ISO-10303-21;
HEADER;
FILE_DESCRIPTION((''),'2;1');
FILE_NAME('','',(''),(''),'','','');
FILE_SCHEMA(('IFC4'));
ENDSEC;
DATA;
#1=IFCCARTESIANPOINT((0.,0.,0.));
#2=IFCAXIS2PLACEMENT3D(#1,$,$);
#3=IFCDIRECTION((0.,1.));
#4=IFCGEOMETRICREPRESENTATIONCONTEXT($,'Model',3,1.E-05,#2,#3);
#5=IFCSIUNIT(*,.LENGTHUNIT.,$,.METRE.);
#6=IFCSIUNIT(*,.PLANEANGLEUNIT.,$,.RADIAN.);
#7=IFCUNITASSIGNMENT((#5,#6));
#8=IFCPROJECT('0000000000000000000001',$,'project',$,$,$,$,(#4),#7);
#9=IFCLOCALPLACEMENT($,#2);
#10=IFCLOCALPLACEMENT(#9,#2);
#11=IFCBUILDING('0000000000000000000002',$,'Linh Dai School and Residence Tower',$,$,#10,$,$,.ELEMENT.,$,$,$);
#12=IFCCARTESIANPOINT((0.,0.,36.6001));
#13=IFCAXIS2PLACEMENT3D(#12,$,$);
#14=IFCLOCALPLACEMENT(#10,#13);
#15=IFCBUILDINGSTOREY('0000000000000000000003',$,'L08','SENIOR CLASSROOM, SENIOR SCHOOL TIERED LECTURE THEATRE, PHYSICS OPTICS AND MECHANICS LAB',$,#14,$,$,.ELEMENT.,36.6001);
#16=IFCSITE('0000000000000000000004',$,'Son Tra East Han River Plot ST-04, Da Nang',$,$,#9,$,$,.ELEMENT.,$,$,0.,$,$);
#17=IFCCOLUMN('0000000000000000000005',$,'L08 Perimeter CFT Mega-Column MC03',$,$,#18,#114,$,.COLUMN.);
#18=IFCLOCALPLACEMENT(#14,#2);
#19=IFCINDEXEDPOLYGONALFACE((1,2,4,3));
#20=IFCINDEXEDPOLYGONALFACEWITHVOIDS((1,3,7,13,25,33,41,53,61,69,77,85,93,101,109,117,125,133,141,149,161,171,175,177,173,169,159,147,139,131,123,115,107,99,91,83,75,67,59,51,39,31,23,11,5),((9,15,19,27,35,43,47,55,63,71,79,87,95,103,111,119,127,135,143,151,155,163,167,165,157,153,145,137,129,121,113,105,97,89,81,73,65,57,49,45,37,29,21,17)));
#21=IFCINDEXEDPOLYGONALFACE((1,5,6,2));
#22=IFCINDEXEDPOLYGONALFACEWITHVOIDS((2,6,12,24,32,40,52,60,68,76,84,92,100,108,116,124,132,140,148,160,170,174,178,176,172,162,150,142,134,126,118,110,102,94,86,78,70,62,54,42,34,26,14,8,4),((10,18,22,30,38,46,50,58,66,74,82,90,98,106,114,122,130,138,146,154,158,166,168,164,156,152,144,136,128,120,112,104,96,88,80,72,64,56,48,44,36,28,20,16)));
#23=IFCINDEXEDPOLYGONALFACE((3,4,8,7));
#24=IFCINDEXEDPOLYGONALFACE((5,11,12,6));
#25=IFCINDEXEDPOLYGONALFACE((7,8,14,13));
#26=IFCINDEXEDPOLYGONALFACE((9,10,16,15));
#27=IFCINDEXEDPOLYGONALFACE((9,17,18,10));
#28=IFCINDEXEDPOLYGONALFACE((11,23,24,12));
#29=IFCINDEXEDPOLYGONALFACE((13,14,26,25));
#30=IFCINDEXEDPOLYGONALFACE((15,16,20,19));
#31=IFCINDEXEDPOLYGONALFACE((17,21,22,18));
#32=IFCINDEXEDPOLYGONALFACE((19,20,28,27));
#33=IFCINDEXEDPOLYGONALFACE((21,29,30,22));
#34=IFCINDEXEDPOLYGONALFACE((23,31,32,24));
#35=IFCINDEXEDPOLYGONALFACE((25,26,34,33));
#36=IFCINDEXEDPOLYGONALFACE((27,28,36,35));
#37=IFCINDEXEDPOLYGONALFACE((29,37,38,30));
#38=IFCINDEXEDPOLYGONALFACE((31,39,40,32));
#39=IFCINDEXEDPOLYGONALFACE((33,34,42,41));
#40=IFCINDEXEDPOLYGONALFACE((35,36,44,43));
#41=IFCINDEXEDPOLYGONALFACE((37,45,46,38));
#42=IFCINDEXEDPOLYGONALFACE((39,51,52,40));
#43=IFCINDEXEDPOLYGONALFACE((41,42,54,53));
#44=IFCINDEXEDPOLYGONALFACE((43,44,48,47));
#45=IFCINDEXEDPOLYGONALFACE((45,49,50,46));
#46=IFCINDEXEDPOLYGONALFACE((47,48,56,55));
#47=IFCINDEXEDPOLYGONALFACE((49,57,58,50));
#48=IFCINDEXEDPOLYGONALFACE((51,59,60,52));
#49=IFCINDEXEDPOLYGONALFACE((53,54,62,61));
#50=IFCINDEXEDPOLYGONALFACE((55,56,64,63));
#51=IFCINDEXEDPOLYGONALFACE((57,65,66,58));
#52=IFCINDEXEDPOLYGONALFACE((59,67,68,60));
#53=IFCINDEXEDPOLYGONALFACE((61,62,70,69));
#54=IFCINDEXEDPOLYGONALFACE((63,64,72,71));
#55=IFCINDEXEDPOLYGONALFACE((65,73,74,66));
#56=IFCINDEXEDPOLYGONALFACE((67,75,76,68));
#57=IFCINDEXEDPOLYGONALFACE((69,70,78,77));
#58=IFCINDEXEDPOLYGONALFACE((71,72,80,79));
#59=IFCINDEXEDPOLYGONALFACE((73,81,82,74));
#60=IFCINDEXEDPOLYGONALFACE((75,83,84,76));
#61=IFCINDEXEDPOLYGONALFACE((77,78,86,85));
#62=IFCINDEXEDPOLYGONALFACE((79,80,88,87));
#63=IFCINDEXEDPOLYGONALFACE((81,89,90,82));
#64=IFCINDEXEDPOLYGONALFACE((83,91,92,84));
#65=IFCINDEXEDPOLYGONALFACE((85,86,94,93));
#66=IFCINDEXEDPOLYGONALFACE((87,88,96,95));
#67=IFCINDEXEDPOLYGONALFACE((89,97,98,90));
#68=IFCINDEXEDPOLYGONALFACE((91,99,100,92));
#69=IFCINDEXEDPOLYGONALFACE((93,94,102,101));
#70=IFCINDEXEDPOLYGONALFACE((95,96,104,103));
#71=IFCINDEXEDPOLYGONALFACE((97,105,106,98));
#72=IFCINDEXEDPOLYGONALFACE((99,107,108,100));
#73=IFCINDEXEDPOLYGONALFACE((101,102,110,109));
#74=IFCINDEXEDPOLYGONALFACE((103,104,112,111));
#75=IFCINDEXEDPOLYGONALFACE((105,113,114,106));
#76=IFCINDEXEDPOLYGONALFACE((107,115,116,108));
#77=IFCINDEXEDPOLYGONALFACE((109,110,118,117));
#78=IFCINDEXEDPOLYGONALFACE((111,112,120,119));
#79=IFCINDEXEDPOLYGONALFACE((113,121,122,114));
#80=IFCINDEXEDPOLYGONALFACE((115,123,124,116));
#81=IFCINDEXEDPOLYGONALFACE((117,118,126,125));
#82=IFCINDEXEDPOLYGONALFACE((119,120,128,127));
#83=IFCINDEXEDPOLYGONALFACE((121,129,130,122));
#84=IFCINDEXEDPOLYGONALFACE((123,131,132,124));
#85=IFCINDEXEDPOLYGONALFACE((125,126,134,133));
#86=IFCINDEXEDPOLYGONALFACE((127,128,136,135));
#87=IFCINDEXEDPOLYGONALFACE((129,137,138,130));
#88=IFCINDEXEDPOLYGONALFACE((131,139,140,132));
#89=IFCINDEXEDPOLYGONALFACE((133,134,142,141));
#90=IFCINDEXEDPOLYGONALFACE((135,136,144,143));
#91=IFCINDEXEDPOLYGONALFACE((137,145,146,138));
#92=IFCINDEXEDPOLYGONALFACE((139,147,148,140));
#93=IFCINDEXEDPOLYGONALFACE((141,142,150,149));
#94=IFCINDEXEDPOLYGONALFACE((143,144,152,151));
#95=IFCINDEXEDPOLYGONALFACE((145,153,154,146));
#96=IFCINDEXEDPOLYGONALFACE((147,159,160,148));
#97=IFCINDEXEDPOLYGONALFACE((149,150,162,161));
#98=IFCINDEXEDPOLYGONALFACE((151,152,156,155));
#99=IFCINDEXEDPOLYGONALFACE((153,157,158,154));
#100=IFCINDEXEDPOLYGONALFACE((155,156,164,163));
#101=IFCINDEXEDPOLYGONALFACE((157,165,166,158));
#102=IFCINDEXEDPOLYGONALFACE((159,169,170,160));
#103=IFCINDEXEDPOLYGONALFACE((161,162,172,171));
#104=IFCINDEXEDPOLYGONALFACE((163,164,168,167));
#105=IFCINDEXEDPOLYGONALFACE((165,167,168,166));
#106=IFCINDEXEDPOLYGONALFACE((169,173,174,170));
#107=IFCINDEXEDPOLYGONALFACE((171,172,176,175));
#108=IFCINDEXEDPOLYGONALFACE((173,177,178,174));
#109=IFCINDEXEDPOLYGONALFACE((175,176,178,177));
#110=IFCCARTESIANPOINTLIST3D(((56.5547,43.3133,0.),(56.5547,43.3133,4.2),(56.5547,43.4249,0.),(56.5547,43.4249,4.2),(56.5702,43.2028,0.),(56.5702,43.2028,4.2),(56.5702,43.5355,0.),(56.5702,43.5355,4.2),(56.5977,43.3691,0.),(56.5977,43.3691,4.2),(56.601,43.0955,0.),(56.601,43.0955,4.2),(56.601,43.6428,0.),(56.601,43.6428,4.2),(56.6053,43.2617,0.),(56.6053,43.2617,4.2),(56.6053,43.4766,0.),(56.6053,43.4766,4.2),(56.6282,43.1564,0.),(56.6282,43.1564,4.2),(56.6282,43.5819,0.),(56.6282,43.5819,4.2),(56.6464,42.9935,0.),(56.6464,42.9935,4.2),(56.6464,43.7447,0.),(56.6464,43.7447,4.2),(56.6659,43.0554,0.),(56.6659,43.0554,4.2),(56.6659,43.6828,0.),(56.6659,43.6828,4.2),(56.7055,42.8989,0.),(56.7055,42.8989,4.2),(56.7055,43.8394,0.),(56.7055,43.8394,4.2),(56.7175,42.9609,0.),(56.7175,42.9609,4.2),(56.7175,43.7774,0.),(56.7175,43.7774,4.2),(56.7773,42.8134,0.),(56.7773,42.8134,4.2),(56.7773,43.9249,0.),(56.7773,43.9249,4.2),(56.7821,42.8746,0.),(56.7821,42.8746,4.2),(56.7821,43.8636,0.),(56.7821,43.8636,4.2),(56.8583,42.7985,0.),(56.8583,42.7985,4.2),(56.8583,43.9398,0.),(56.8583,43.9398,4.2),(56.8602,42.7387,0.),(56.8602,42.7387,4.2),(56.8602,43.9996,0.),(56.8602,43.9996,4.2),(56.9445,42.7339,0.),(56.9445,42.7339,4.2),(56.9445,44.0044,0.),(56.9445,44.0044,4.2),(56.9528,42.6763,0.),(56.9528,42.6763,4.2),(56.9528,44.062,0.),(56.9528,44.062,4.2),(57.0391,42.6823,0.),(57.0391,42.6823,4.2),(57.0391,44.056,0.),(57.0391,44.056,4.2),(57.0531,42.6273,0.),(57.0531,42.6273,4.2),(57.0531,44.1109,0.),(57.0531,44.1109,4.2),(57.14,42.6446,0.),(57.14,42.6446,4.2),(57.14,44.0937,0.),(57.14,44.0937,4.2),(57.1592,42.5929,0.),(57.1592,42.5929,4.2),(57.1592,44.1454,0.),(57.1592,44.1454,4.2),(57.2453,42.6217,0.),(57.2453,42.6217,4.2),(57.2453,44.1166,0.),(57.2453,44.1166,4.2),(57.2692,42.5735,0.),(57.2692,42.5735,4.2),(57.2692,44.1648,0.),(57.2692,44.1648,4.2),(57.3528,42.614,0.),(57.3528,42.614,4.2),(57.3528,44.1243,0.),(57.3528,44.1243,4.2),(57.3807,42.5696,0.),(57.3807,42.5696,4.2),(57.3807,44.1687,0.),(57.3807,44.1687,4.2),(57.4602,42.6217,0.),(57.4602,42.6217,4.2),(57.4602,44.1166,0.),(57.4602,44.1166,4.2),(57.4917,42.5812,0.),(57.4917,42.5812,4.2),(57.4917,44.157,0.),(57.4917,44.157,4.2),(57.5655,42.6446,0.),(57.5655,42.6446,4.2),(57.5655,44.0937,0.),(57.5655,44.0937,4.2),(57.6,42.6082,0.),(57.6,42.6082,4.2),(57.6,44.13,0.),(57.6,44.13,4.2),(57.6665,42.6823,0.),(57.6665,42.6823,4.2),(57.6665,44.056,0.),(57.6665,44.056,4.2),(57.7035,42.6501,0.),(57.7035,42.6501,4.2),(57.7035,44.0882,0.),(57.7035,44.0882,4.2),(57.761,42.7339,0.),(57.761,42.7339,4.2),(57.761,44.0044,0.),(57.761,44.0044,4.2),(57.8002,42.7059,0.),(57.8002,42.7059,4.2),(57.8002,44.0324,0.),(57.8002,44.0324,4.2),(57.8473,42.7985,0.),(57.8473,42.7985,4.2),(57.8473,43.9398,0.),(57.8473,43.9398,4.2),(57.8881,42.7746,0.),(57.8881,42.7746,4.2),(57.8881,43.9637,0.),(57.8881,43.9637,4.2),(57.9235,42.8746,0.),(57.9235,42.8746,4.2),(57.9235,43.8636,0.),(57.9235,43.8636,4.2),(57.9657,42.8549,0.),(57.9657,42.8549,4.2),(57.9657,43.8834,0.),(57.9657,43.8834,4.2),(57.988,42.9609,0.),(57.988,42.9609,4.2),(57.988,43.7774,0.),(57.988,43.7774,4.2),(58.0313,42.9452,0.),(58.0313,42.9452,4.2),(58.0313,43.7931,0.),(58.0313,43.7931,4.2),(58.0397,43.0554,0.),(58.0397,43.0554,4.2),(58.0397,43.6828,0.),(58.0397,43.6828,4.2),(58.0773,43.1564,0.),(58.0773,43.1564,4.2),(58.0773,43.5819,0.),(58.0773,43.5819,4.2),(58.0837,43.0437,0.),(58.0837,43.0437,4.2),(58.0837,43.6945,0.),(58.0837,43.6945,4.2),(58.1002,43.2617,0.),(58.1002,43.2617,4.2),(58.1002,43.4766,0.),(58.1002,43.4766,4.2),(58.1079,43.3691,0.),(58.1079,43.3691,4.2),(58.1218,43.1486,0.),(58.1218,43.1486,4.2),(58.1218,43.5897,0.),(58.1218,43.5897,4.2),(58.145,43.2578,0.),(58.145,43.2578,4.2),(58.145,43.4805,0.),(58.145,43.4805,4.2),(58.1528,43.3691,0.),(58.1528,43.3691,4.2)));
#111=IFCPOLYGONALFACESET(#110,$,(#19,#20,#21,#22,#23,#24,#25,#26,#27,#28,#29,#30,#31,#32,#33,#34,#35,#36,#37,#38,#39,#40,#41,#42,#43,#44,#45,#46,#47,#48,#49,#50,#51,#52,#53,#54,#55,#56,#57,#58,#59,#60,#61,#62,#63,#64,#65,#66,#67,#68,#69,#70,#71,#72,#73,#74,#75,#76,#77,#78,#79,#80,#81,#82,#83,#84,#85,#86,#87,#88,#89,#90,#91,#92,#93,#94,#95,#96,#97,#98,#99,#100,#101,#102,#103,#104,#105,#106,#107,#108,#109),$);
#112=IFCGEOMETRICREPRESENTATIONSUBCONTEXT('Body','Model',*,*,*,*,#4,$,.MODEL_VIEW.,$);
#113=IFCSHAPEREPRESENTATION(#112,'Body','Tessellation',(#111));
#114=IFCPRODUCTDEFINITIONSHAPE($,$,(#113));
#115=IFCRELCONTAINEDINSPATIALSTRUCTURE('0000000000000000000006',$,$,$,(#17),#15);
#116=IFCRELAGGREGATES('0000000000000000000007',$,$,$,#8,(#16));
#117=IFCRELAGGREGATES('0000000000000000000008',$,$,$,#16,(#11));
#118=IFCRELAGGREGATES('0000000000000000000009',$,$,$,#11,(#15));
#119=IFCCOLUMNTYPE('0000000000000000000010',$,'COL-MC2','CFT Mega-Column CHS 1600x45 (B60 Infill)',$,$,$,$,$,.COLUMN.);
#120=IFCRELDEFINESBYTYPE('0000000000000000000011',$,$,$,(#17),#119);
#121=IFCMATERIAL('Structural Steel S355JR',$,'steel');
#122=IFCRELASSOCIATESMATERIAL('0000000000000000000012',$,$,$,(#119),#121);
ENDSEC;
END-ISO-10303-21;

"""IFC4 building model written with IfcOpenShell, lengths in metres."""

from ifc_helpers import new_model, si_unit, direction, frame, origin, origin_2d, place, context, subcontext, project, spatial, hollow_circle, extrude, material, material_profile, profile_set, type_object, element, save


model = new_model("IFC4")

# Units and contexts
model_context = context("Model", 3, precision=1e-05, world=origin(), true_north=direction((0.0, 1.0)))
body_context = subcontext(model_context, "Body", "Model", "MODEL_VIEW")
ifc_project = project(units=[si_unit("LENGTHUNIT", "METRE"), si_unit("PLANEANGLEUNIT", "RADIAN")], contexts=[model_context])

# Site, building, storey
site_placement = place(None, origin())
site = spatial("IfcSite", under=ifc_project, at=site_placement, Name="Son Tra East Han River Plot ST-04, Da Nang", CompositionType="ELEMENT", RefElevation=0.0)
building_placement = place(site_placement, origin())
building = spatial("IfcBuilding", under=site, at=building_placement, Name="Linh Dai School and Residence Tower", CompositionType="ELEMENT")
storey_placement = place(building_placement, frame((0.0, 0.0, 36.6001)))
storey = spatial("IfcBuildingStorey", under=building, at=storey_placement, Name="L08", Description="SENIOR CLASSROOM, SENIOR SCHOOL TIERED LECTURE THEATRE, PHYSICS OPTICS AND MECHANICS LAB", CompositionType="ELEMENT", Elevation=36.6001)

# Column
ifc_material_1 = material(Name="Structural Steel S355JR", Category="steel")
ifc_material_profile_1 = material_profile(ifc_material_1, hollow_circle(Radius=0.8, WallThickness=0.0449, at=origin_2d()), Name="CHS 1600x45")
ifc_profile_set_1 = profile_set([ifc_material_profile_1], Name="Structural Steel S355JR")
column_type_1 = type_object("IfcColumnType", Name="COL-MC2", Description="CFT Mega-Column CHS 1600x45 (B60 Infill)", PredefinedType="COLUMN", material=ifc_profile_set_1)
for number, where, z_axis, x_axis, name in (
    (1, (57.3528, 43.3691, 0.0), (0.0, 0.0, 1.0), (1.0, 0.0, 0.0), "L08 Perimeter CFT Mega-Column MC03"),
):
    element("IfcColumn", number, at=place(storey_placement, frame(where, z_axis=z_axis, x_axis=x_axis)), inside=storey, type_object=column_type_1, Name=name, PredefinedType="COLUMN", context=body_context, shape_type="SweptSolid", body=[
        extrude(hollow_circle(Radius=0.8, WallThickness=0.0449, at=origin_2d()), origin(), (0.0, 0.0, 1.0), 4.2),
    ])

save(model, "model.ifc")
